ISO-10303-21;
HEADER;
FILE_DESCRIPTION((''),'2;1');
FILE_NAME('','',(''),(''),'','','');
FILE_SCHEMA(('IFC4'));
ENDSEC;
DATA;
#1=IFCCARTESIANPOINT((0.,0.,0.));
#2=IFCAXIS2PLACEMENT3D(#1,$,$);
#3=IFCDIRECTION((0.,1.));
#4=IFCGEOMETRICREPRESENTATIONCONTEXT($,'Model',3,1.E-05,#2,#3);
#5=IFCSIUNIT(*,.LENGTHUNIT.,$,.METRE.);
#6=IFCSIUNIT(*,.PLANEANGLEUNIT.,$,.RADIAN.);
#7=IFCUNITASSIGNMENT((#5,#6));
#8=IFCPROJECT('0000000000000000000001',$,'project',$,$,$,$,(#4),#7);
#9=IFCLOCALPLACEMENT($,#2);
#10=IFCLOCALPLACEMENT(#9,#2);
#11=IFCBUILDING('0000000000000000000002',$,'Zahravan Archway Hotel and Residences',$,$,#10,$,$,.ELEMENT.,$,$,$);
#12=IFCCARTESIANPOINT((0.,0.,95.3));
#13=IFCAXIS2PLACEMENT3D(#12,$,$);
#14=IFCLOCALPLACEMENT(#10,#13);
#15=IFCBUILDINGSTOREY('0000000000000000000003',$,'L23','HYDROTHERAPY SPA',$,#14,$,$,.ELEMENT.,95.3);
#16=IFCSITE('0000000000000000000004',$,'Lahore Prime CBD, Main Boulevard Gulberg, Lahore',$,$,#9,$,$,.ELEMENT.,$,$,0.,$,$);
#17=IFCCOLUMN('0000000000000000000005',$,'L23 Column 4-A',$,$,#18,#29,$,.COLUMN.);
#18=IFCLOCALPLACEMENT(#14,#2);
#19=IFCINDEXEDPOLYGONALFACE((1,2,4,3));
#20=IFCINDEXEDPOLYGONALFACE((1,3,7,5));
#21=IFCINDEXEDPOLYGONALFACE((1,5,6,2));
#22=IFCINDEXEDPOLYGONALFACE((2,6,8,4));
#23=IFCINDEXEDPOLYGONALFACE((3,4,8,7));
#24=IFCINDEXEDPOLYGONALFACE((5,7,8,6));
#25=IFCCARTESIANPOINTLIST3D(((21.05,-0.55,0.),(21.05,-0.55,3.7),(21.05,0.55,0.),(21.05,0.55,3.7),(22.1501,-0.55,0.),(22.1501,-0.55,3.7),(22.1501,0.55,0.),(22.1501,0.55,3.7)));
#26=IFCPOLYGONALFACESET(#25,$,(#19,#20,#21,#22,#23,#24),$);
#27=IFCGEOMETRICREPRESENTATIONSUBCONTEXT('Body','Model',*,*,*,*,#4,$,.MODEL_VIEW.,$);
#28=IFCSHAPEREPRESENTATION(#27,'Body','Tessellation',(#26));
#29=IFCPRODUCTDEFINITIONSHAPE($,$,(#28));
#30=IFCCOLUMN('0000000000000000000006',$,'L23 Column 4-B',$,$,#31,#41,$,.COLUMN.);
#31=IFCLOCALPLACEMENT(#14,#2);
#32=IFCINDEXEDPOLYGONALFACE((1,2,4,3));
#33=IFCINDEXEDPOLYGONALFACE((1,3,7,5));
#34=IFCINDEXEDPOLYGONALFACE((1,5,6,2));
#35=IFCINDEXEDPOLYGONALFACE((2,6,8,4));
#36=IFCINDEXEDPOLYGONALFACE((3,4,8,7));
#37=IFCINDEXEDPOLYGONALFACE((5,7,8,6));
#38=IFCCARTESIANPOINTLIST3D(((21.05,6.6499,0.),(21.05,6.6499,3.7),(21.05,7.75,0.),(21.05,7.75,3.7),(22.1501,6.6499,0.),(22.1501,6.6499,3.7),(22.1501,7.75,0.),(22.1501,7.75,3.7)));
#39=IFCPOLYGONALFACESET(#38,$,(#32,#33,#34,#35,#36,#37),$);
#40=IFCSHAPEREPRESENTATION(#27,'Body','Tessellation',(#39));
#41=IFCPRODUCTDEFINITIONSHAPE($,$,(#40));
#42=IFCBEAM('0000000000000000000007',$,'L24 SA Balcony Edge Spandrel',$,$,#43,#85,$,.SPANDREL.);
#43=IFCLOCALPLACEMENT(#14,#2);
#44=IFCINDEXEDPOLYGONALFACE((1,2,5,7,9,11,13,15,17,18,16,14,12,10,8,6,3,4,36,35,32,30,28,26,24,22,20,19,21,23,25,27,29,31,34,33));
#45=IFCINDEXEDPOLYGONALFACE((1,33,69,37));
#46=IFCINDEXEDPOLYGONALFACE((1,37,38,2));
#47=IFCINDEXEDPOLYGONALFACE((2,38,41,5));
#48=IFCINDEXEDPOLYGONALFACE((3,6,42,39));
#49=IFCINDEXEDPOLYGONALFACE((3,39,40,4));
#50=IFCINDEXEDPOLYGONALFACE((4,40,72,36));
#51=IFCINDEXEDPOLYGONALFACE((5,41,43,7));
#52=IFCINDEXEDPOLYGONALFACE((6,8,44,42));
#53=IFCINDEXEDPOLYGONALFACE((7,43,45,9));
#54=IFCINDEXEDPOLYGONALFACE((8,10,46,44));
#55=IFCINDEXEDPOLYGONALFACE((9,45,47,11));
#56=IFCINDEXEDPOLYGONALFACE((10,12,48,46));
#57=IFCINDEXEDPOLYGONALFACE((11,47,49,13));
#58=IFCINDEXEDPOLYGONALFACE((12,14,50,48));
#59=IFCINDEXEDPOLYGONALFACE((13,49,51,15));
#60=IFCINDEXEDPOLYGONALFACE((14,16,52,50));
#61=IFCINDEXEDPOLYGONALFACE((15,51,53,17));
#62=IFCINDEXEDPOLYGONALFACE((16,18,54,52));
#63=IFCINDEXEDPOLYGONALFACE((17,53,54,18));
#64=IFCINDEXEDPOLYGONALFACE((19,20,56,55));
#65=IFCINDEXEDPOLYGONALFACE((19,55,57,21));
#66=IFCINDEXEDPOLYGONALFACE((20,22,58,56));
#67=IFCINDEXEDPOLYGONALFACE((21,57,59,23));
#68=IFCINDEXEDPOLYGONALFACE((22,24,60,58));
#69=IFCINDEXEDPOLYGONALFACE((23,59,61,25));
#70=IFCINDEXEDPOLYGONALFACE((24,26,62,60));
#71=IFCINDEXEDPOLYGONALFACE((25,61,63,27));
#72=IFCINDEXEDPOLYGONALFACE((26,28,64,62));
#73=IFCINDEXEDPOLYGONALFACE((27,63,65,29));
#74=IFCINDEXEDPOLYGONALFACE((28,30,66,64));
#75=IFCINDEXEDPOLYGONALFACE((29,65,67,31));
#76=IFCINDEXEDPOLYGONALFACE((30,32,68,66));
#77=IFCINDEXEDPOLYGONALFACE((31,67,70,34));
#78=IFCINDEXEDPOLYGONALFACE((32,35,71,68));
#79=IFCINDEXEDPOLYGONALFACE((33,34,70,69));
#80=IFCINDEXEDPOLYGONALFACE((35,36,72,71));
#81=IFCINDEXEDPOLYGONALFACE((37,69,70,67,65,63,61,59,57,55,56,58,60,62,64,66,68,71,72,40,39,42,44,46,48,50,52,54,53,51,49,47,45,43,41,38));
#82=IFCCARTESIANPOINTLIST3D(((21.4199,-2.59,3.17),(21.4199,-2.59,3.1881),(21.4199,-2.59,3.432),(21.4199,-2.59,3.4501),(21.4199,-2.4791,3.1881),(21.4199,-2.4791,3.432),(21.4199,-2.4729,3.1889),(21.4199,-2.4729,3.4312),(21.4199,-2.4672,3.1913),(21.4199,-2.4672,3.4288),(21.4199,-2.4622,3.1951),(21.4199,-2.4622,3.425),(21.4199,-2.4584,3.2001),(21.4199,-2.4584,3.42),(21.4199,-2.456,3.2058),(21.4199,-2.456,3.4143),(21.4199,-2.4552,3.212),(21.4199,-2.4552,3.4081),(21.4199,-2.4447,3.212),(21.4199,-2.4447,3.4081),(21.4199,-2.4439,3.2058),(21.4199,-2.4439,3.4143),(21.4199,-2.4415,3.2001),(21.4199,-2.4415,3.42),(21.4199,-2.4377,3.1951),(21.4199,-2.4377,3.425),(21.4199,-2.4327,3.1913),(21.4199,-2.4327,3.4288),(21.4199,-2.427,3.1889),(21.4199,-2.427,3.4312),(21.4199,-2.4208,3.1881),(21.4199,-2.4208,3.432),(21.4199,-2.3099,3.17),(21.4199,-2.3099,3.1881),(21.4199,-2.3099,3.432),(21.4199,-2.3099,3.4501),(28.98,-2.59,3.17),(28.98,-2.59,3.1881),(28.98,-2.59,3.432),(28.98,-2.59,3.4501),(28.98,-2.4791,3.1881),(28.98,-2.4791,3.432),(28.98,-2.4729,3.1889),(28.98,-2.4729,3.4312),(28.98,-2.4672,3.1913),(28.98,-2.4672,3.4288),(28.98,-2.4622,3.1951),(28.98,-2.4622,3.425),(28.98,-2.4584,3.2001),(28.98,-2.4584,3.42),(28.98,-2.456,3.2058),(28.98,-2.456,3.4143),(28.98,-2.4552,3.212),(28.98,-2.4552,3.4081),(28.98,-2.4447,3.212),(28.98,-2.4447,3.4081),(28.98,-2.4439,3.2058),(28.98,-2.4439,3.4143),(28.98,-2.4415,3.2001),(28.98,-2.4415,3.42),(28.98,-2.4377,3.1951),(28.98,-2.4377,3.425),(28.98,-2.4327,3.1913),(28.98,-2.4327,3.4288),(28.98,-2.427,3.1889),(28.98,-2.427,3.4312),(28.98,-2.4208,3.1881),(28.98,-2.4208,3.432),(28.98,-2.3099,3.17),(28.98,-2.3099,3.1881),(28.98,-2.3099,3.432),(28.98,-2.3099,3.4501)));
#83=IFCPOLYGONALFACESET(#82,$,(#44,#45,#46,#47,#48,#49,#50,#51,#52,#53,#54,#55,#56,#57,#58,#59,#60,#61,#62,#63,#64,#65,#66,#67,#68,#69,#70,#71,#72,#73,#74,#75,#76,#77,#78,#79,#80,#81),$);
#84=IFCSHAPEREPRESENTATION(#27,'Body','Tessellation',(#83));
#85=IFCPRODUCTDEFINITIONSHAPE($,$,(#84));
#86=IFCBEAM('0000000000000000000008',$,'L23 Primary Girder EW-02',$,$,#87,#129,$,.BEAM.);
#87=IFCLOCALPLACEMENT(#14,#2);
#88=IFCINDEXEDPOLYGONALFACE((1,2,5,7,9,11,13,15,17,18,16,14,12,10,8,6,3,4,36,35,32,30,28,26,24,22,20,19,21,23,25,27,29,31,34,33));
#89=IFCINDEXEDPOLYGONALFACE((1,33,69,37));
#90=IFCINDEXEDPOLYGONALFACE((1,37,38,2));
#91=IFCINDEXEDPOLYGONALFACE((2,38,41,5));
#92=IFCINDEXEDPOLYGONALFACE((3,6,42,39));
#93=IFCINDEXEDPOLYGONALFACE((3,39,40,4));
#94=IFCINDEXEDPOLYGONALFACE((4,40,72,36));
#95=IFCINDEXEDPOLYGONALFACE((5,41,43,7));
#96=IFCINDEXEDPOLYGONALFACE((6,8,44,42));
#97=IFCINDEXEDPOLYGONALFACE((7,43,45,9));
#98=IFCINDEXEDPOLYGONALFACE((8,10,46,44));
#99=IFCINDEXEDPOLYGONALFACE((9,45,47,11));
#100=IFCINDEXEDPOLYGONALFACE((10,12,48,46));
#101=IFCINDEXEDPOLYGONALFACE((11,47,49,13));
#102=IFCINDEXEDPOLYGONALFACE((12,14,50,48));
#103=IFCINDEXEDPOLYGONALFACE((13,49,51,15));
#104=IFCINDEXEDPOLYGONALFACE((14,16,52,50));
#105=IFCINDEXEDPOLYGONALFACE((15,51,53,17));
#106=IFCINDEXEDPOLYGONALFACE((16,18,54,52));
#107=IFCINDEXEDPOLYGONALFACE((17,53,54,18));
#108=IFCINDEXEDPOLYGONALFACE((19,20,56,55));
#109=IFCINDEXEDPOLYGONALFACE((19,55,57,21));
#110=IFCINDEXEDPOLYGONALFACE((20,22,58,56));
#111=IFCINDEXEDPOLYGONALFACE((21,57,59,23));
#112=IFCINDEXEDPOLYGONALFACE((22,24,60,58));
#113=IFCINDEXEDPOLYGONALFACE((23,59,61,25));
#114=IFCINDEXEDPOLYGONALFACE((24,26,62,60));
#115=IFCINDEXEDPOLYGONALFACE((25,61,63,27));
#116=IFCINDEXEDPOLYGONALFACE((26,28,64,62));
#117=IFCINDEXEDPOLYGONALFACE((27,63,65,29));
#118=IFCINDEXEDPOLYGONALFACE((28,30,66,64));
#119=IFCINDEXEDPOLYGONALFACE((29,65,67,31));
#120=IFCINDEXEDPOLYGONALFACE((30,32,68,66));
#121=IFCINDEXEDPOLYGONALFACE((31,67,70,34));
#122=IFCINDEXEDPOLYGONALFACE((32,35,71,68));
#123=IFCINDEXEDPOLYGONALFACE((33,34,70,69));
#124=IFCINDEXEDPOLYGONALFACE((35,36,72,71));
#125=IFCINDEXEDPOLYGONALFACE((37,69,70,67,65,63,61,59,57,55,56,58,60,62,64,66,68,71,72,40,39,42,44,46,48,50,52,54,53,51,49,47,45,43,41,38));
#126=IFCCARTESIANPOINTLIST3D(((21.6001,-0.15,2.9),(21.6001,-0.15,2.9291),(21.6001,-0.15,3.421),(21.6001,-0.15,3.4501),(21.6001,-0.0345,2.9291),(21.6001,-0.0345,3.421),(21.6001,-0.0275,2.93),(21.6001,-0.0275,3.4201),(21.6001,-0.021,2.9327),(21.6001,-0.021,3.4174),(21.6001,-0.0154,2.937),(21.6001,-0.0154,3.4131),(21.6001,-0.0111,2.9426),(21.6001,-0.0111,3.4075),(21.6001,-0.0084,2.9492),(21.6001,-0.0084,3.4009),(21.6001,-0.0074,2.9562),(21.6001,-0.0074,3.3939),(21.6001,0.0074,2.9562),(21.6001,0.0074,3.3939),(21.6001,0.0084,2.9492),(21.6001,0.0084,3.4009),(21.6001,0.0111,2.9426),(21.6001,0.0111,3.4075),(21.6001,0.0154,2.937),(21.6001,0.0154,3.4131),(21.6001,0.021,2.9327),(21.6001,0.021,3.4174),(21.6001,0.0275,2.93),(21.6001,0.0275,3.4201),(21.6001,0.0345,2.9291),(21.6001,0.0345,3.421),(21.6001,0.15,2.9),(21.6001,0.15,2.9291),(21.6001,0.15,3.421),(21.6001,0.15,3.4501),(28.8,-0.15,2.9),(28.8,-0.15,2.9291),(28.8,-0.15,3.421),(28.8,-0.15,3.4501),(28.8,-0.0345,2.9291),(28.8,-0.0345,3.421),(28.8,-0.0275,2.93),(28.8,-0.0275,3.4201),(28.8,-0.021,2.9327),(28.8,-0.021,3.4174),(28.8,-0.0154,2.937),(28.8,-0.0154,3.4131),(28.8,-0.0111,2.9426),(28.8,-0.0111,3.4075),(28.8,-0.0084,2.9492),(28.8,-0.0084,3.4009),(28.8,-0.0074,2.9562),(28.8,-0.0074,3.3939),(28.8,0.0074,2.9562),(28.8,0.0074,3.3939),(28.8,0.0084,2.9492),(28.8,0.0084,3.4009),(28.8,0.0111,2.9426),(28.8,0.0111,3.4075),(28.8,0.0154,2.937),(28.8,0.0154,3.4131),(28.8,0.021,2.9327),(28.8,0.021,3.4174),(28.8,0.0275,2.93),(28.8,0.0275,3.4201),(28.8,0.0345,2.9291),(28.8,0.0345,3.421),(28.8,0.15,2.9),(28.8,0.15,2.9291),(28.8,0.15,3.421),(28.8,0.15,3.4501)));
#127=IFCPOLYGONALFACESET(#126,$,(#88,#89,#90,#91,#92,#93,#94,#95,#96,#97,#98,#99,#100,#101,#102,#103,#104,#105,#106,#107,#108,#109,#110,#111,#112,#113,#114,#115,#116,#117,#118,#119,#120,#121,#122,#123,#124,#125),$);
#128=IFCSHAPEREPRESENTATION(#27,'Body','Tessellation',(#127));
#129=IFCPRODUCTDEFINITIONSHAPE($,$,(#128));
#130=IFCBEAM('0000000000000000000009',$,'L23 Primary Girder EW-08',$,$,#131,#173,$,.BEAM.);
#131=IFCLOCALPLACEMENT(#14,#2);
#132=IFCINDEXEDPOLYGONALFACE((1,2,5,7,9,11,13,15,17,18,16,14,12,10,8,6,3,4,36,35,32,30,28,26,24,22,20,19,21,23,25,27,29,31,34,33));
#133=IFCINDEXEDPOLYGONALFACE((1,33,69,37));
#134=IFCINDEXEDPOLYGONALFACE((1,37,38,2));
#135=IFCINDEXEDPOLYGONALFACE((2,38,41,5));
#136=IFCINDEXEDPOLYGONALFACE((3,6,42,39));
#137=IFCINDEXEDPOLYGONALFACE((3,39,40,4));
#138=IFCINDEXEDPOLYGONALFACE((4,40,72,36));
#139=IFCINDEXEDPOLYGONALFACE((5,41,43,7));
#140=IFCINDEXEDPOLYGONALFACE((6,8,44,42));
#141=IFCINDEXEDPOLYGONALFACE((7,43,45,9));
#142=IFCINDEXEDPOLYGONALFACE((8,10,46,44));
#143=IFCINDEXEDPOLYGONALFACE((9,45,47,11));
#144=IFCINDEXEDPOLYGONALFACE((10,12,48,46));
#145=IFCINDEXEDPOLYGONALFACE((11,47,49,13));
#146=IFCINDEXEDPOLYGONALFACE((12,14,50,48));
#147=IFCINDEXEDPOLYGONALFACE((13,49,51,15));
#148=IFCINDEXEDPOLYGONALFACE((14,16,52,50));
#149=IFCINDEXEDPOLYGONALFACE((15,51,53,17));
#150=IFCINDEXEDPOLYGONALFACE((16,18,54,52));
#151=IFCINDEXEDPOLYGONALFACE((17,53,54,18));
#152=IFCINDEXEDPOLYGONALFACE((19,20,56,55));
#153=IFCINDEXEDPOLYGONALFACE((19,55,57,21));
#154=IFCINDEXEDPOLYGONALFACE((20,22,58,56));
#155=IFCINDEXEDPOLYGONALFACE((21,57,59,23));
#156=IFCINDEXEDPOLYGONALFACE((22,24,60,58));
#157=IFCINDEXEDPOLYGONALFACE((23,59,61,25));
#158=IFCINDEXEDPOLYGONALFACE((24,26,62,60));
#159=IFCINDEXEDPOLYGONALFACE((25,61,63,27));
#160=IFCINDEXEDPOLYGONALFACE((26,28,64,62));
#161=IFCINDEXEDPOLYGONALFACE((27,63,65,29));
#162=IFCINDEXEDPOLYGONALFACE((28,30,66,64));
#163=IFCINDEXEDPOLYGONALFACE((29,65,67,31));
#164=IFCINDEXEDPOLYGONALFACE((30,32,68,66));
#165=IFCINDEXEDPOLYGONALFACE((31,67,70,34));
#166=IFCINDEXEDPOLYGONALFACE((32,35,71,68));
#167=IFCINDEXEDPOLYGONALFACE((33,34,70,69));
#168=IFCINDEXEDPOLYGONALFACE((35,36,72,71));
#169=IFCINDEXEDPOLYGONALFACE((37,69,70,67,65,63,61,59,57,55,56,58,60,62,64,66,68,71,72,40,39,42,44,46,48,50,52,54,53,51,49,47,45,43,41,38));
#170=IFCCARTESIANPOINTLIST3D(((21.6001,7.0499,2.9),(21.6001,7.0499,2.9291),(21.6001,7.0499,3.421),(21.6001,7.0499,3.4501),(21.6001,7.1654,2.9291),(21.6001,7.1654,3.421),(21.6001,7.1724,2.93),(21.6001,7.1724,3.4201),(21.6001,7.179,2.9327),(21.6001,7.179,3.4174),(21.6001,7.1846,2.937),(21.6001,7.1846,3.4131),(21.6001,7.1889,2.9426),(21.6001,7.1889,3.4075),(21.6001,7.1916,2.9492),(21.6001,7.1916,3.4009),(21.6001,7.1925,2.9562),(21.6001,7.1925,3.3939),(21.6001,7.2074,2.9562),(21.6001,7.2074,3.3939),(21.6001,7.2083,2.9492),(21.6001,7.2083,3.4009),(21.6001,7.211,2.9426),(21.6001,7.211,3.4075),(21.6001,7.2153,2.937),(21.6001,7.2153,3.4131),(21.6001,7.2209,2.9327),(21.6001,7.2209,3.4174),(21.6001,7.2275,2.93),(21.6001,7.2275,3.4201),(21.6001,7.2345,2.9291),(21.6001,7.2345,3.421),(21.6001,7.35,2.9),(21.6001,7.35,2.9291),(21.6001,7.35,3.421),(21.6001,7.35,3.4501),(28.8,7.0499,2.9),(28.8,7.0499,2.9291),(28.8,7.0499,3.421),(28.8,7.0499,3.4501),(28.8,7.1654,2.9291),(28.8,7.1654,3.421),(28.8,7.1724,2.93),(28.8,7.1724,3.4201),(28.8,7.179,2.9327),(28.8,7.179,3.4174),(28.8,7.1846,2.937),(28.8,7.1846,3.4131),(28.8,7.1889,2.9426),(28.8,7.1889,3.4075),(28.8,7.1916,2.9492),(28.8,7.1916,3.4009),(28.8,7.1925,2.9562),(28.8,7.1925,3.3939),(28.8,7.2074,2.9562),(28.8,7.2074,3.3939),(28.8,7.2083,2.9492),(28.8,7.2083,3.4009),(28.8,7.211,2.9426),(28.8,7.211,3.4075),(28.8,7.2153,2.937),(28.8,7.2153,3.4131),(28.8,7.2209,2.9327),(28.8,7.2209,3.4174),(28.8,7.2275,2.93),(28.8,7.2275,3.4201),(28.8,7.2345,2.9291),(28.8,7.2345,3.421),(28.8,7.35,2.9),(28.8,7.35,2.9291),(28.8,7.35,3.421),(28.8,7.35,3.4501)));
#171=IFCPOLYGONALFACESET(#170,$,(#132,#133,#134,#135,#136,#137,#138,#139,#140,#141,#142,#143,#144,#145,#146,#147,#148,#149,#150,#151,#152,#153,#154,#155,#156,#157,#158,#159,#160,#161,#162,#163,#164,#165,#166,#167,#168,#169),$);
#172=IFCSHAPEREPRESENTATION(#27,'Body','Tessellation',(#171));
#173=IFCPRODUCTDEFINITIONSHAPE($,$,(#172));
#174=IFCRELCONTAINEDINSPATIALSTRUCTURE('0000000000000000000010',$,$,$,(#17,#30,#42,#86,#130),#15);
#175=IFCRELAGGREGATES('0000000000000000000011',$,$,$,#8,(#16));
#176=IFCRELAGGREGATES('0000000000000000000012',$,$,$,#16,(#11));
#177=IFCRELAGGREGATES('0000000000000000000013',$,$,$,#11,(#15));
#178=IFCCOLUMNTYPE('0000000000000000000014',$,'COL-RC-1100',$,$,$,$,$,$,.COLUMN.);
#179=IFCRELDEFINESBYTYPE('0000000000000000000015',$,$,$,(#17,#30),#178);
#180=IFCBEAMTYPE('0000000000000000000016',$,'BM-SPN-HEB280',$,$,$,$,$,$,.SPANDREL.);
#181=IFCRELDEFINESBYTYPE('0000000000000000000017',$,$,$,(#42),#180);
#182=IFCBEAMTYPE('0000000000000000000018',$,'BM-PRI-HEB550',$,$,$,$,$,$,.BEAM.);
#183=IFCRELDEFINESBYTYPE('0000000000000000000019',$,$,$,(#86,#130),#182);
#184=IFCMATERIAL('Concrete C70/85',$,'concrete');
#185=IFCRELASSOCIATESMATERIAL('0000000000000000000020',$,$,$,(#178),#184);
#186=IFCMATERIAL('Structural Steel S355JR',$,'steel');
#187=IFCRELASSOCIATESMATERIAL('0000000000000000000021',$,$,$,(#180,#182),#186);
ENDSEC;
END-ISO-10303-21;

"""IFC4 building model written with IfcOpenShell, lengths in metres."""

from ifc_helpers import new_model, si_unit, direction, frame, origin, origin_2d, place, context, subcontext, project, spatial, rectangle, i_section, extrude, source, transform, mapped, material, material_profile, profile_set, type_object, type_shapes, element, save


model = new_model("IFC4")

# Units and contexts
model_context = context("Model", 3, precision=1e-05, world=origin(), true_north=direction((0.0, 1.0)))
body_context = subcontext(model_context, "Body", "Model", "MODEL_VIEW")
ifc_project = project(units=[si_unit("LENGTHUNIT", "METRE"), si_unit("PLANEANGLEUNIT", "RADIAN")], contexts=[model_context])

# Site, building, storey
site_placement = place(None, origin())
site = spatial("IfcSite", under=ifc_project, at=site_placement, Name="Lahore Prime CBD, Main Boulevard Gulberg, Lahore", CompositionType="ELEMENT", RefElevation=0.0)
building_placement = place(site_placement, origin())
building = spatial("IfcBuilding", under=site, at=building_placement, Name="Zahravan Archway Hotel and Residences", CompositionType="ELEMENT")
storey_placement = place(building_placement, frame((0.0, 0.0, 95.3)))
storey = spatial("IfcBuildingStorey", under=building, at=storey_placement, Name="L23", Description="HYDROTHERAPY SPA", CompositionType="ELEMENT", Elevation=95.3)

# Columns
ifc_material_1 = material(Name="Concrete C70/85", Category="concrete")
ifc_material_profile_1 = material_profile(ifc_material_1, rectangle(XDim=1.1001, YDim=1.1001, at=origin_2d()), Name="RC 1100x1100", Category="concrete")
ifc_profile_set_1 = profile_set([ifc_material_profile_1], Name="Concrete C70/85")
column_type = type_object("IfcColumnType", Name="COL-RC-1100", PredefinedType="COLUMN", material=ifc_profile_set_1)
shared_shape_1 = source(origin(), body_context, "Body", "SweptSolid", [
    extrude(rectangle(XDim=1.1001, YDim=1.1001, at=origin_2d()), origin(), (0.0, 0.0, 1.0), 3.7),
])
for number, where, z_axis, x_axis, name in (
    (1, (21.6001, 0.0, 0.0), (0.0, 0.0, 1.0), (1.0, 0.0, 0.0), "L23 Column 4-A"),
    (2, (21.6001, 7.2, 0.0), (0.0, 0.0, 1.0), (1.0, 0.0, 0.0), "L23 Column 4-B"),
):
    element("IfcColumn", number, at=place(storey_placement, frame(where, z_axis=z_axis, x_axis=x_axis)), inside=storey, type_object=column_type, Name=name, PredefinedType="COLUMN", context=body_context, shape_type="MappedRepresentation", body=[
        mapped(shared_shape_1, transform((0.0, 0.0, 0.0), scale=1.0)),
    ])

# Beams
ifc_material_2 = material(Name="Structural Steel S355JR", Category="steel")
ifc_material_profile_2 = material_profile(ifc_material_2, i_section(OverallWidth=0.28, OverallDepth=0.28, WebThickness=0.0105, FlangeThickness=0.0181, FilletRadius=0.0239, at=origin_2d()), Name="HEB 280", Category="steel")
ifc_profile_set_2 = profile_set([ifc_material_profile_2], Name="Structural Steel S355JR")
beam_type_1 = type_object("IfcBeamType", Name="BM-SPN-HEB280", PredefinedType="SPANDREL", material=ifc_profile_set_2)
shared_shape_2 = source(origin(), body_context, "Body", "SweptSolid", [
    extrude(i_section(OverallWidth=0.28, OverallDepth=0.28, WebThickness=0.0105, FlangeThickness=0.0181, FilletRadius=0.0239, at=origin_2d()), origin(), (0.0, 0.0, 1.0), 7.5601),
])
type_shapes(beam_type_1, [shared_shape_2])
beam_1_placement = place(storey_placement, frame((21.4199, -2.45, 3.3101), z_axis=(1.0, 0.0, 0.0), x_axis=(0.0, 1.0, 0.0)))
element("IfcBeam", 3, at=beam_1_placement, inside=storey, type_object=beam_type_1, Name="L24 SA Balcony Edge Spandrel", PredefinedType="SPANDREL", context=body_context, shape_type="MappedRepresentation", body=[
    mapped(shared_shape_2, transform((0.0, 0.0, 0.0), scale=1.0)),
])
ifc_material_profile_3 = material_profile(ifc_material_2, i_section(OverallWidth=0.3, OverallDepth=0.55, WebThickness=0.0149, FlangeThickness=0.0291, FilletRadius=0.0271, at=origin_2d()), Name="HEB 550", Category="steel")
ifc_profile_set_3 = profile_set([ifc_material_profile_3], Name="Structural Steel S355JR")
beam_type_2 = type_object("IfcBeamType", Name="BM-PRI-HEB550", PredefinedType="BEAM", material=ifc_profile_set_3)
shared_shape_3 = source(origin(), body_context, "Body", "SweptSolid", [
    extrude(i_section(OverallWidth=0.3, OverallDepth=0.55, WebThickness=0.0149, FlangeThickness=0.0291, FilletRadius=0.0271, at=origin_2d()), origin(), (0.0, 0.0, 1.0), 7.2),
])
for number, where, z_axis, x_axis, name in (
    (4, (21.6001, 0.0, 3.175), (1.0, 0.0, 0.0), (0.0, 1.0, 0.0), "L23 Primary Girder EW-02"),
    (5, (21.6001, 7.2, 3.175), (1.0, 0.0, 0.0), (0.0, 1.0, 0.0), "L23 Primary Girder EW-08"),
):
    element("IfcBeam", number, at=place(storey_placement, frame(where, z_axis=z_axis, x_axis=x_axis)), inside=storey, type_object=beam_type_2, Name=name, PredefinedType="BEAM", context=body_context, shape_type="MappedRepresentation", body=[
        mapped(shared_shape_3, transform((0.0, 0.0, 0.0), scale=1.0)),
    ])

save(model, "model.ifc")
